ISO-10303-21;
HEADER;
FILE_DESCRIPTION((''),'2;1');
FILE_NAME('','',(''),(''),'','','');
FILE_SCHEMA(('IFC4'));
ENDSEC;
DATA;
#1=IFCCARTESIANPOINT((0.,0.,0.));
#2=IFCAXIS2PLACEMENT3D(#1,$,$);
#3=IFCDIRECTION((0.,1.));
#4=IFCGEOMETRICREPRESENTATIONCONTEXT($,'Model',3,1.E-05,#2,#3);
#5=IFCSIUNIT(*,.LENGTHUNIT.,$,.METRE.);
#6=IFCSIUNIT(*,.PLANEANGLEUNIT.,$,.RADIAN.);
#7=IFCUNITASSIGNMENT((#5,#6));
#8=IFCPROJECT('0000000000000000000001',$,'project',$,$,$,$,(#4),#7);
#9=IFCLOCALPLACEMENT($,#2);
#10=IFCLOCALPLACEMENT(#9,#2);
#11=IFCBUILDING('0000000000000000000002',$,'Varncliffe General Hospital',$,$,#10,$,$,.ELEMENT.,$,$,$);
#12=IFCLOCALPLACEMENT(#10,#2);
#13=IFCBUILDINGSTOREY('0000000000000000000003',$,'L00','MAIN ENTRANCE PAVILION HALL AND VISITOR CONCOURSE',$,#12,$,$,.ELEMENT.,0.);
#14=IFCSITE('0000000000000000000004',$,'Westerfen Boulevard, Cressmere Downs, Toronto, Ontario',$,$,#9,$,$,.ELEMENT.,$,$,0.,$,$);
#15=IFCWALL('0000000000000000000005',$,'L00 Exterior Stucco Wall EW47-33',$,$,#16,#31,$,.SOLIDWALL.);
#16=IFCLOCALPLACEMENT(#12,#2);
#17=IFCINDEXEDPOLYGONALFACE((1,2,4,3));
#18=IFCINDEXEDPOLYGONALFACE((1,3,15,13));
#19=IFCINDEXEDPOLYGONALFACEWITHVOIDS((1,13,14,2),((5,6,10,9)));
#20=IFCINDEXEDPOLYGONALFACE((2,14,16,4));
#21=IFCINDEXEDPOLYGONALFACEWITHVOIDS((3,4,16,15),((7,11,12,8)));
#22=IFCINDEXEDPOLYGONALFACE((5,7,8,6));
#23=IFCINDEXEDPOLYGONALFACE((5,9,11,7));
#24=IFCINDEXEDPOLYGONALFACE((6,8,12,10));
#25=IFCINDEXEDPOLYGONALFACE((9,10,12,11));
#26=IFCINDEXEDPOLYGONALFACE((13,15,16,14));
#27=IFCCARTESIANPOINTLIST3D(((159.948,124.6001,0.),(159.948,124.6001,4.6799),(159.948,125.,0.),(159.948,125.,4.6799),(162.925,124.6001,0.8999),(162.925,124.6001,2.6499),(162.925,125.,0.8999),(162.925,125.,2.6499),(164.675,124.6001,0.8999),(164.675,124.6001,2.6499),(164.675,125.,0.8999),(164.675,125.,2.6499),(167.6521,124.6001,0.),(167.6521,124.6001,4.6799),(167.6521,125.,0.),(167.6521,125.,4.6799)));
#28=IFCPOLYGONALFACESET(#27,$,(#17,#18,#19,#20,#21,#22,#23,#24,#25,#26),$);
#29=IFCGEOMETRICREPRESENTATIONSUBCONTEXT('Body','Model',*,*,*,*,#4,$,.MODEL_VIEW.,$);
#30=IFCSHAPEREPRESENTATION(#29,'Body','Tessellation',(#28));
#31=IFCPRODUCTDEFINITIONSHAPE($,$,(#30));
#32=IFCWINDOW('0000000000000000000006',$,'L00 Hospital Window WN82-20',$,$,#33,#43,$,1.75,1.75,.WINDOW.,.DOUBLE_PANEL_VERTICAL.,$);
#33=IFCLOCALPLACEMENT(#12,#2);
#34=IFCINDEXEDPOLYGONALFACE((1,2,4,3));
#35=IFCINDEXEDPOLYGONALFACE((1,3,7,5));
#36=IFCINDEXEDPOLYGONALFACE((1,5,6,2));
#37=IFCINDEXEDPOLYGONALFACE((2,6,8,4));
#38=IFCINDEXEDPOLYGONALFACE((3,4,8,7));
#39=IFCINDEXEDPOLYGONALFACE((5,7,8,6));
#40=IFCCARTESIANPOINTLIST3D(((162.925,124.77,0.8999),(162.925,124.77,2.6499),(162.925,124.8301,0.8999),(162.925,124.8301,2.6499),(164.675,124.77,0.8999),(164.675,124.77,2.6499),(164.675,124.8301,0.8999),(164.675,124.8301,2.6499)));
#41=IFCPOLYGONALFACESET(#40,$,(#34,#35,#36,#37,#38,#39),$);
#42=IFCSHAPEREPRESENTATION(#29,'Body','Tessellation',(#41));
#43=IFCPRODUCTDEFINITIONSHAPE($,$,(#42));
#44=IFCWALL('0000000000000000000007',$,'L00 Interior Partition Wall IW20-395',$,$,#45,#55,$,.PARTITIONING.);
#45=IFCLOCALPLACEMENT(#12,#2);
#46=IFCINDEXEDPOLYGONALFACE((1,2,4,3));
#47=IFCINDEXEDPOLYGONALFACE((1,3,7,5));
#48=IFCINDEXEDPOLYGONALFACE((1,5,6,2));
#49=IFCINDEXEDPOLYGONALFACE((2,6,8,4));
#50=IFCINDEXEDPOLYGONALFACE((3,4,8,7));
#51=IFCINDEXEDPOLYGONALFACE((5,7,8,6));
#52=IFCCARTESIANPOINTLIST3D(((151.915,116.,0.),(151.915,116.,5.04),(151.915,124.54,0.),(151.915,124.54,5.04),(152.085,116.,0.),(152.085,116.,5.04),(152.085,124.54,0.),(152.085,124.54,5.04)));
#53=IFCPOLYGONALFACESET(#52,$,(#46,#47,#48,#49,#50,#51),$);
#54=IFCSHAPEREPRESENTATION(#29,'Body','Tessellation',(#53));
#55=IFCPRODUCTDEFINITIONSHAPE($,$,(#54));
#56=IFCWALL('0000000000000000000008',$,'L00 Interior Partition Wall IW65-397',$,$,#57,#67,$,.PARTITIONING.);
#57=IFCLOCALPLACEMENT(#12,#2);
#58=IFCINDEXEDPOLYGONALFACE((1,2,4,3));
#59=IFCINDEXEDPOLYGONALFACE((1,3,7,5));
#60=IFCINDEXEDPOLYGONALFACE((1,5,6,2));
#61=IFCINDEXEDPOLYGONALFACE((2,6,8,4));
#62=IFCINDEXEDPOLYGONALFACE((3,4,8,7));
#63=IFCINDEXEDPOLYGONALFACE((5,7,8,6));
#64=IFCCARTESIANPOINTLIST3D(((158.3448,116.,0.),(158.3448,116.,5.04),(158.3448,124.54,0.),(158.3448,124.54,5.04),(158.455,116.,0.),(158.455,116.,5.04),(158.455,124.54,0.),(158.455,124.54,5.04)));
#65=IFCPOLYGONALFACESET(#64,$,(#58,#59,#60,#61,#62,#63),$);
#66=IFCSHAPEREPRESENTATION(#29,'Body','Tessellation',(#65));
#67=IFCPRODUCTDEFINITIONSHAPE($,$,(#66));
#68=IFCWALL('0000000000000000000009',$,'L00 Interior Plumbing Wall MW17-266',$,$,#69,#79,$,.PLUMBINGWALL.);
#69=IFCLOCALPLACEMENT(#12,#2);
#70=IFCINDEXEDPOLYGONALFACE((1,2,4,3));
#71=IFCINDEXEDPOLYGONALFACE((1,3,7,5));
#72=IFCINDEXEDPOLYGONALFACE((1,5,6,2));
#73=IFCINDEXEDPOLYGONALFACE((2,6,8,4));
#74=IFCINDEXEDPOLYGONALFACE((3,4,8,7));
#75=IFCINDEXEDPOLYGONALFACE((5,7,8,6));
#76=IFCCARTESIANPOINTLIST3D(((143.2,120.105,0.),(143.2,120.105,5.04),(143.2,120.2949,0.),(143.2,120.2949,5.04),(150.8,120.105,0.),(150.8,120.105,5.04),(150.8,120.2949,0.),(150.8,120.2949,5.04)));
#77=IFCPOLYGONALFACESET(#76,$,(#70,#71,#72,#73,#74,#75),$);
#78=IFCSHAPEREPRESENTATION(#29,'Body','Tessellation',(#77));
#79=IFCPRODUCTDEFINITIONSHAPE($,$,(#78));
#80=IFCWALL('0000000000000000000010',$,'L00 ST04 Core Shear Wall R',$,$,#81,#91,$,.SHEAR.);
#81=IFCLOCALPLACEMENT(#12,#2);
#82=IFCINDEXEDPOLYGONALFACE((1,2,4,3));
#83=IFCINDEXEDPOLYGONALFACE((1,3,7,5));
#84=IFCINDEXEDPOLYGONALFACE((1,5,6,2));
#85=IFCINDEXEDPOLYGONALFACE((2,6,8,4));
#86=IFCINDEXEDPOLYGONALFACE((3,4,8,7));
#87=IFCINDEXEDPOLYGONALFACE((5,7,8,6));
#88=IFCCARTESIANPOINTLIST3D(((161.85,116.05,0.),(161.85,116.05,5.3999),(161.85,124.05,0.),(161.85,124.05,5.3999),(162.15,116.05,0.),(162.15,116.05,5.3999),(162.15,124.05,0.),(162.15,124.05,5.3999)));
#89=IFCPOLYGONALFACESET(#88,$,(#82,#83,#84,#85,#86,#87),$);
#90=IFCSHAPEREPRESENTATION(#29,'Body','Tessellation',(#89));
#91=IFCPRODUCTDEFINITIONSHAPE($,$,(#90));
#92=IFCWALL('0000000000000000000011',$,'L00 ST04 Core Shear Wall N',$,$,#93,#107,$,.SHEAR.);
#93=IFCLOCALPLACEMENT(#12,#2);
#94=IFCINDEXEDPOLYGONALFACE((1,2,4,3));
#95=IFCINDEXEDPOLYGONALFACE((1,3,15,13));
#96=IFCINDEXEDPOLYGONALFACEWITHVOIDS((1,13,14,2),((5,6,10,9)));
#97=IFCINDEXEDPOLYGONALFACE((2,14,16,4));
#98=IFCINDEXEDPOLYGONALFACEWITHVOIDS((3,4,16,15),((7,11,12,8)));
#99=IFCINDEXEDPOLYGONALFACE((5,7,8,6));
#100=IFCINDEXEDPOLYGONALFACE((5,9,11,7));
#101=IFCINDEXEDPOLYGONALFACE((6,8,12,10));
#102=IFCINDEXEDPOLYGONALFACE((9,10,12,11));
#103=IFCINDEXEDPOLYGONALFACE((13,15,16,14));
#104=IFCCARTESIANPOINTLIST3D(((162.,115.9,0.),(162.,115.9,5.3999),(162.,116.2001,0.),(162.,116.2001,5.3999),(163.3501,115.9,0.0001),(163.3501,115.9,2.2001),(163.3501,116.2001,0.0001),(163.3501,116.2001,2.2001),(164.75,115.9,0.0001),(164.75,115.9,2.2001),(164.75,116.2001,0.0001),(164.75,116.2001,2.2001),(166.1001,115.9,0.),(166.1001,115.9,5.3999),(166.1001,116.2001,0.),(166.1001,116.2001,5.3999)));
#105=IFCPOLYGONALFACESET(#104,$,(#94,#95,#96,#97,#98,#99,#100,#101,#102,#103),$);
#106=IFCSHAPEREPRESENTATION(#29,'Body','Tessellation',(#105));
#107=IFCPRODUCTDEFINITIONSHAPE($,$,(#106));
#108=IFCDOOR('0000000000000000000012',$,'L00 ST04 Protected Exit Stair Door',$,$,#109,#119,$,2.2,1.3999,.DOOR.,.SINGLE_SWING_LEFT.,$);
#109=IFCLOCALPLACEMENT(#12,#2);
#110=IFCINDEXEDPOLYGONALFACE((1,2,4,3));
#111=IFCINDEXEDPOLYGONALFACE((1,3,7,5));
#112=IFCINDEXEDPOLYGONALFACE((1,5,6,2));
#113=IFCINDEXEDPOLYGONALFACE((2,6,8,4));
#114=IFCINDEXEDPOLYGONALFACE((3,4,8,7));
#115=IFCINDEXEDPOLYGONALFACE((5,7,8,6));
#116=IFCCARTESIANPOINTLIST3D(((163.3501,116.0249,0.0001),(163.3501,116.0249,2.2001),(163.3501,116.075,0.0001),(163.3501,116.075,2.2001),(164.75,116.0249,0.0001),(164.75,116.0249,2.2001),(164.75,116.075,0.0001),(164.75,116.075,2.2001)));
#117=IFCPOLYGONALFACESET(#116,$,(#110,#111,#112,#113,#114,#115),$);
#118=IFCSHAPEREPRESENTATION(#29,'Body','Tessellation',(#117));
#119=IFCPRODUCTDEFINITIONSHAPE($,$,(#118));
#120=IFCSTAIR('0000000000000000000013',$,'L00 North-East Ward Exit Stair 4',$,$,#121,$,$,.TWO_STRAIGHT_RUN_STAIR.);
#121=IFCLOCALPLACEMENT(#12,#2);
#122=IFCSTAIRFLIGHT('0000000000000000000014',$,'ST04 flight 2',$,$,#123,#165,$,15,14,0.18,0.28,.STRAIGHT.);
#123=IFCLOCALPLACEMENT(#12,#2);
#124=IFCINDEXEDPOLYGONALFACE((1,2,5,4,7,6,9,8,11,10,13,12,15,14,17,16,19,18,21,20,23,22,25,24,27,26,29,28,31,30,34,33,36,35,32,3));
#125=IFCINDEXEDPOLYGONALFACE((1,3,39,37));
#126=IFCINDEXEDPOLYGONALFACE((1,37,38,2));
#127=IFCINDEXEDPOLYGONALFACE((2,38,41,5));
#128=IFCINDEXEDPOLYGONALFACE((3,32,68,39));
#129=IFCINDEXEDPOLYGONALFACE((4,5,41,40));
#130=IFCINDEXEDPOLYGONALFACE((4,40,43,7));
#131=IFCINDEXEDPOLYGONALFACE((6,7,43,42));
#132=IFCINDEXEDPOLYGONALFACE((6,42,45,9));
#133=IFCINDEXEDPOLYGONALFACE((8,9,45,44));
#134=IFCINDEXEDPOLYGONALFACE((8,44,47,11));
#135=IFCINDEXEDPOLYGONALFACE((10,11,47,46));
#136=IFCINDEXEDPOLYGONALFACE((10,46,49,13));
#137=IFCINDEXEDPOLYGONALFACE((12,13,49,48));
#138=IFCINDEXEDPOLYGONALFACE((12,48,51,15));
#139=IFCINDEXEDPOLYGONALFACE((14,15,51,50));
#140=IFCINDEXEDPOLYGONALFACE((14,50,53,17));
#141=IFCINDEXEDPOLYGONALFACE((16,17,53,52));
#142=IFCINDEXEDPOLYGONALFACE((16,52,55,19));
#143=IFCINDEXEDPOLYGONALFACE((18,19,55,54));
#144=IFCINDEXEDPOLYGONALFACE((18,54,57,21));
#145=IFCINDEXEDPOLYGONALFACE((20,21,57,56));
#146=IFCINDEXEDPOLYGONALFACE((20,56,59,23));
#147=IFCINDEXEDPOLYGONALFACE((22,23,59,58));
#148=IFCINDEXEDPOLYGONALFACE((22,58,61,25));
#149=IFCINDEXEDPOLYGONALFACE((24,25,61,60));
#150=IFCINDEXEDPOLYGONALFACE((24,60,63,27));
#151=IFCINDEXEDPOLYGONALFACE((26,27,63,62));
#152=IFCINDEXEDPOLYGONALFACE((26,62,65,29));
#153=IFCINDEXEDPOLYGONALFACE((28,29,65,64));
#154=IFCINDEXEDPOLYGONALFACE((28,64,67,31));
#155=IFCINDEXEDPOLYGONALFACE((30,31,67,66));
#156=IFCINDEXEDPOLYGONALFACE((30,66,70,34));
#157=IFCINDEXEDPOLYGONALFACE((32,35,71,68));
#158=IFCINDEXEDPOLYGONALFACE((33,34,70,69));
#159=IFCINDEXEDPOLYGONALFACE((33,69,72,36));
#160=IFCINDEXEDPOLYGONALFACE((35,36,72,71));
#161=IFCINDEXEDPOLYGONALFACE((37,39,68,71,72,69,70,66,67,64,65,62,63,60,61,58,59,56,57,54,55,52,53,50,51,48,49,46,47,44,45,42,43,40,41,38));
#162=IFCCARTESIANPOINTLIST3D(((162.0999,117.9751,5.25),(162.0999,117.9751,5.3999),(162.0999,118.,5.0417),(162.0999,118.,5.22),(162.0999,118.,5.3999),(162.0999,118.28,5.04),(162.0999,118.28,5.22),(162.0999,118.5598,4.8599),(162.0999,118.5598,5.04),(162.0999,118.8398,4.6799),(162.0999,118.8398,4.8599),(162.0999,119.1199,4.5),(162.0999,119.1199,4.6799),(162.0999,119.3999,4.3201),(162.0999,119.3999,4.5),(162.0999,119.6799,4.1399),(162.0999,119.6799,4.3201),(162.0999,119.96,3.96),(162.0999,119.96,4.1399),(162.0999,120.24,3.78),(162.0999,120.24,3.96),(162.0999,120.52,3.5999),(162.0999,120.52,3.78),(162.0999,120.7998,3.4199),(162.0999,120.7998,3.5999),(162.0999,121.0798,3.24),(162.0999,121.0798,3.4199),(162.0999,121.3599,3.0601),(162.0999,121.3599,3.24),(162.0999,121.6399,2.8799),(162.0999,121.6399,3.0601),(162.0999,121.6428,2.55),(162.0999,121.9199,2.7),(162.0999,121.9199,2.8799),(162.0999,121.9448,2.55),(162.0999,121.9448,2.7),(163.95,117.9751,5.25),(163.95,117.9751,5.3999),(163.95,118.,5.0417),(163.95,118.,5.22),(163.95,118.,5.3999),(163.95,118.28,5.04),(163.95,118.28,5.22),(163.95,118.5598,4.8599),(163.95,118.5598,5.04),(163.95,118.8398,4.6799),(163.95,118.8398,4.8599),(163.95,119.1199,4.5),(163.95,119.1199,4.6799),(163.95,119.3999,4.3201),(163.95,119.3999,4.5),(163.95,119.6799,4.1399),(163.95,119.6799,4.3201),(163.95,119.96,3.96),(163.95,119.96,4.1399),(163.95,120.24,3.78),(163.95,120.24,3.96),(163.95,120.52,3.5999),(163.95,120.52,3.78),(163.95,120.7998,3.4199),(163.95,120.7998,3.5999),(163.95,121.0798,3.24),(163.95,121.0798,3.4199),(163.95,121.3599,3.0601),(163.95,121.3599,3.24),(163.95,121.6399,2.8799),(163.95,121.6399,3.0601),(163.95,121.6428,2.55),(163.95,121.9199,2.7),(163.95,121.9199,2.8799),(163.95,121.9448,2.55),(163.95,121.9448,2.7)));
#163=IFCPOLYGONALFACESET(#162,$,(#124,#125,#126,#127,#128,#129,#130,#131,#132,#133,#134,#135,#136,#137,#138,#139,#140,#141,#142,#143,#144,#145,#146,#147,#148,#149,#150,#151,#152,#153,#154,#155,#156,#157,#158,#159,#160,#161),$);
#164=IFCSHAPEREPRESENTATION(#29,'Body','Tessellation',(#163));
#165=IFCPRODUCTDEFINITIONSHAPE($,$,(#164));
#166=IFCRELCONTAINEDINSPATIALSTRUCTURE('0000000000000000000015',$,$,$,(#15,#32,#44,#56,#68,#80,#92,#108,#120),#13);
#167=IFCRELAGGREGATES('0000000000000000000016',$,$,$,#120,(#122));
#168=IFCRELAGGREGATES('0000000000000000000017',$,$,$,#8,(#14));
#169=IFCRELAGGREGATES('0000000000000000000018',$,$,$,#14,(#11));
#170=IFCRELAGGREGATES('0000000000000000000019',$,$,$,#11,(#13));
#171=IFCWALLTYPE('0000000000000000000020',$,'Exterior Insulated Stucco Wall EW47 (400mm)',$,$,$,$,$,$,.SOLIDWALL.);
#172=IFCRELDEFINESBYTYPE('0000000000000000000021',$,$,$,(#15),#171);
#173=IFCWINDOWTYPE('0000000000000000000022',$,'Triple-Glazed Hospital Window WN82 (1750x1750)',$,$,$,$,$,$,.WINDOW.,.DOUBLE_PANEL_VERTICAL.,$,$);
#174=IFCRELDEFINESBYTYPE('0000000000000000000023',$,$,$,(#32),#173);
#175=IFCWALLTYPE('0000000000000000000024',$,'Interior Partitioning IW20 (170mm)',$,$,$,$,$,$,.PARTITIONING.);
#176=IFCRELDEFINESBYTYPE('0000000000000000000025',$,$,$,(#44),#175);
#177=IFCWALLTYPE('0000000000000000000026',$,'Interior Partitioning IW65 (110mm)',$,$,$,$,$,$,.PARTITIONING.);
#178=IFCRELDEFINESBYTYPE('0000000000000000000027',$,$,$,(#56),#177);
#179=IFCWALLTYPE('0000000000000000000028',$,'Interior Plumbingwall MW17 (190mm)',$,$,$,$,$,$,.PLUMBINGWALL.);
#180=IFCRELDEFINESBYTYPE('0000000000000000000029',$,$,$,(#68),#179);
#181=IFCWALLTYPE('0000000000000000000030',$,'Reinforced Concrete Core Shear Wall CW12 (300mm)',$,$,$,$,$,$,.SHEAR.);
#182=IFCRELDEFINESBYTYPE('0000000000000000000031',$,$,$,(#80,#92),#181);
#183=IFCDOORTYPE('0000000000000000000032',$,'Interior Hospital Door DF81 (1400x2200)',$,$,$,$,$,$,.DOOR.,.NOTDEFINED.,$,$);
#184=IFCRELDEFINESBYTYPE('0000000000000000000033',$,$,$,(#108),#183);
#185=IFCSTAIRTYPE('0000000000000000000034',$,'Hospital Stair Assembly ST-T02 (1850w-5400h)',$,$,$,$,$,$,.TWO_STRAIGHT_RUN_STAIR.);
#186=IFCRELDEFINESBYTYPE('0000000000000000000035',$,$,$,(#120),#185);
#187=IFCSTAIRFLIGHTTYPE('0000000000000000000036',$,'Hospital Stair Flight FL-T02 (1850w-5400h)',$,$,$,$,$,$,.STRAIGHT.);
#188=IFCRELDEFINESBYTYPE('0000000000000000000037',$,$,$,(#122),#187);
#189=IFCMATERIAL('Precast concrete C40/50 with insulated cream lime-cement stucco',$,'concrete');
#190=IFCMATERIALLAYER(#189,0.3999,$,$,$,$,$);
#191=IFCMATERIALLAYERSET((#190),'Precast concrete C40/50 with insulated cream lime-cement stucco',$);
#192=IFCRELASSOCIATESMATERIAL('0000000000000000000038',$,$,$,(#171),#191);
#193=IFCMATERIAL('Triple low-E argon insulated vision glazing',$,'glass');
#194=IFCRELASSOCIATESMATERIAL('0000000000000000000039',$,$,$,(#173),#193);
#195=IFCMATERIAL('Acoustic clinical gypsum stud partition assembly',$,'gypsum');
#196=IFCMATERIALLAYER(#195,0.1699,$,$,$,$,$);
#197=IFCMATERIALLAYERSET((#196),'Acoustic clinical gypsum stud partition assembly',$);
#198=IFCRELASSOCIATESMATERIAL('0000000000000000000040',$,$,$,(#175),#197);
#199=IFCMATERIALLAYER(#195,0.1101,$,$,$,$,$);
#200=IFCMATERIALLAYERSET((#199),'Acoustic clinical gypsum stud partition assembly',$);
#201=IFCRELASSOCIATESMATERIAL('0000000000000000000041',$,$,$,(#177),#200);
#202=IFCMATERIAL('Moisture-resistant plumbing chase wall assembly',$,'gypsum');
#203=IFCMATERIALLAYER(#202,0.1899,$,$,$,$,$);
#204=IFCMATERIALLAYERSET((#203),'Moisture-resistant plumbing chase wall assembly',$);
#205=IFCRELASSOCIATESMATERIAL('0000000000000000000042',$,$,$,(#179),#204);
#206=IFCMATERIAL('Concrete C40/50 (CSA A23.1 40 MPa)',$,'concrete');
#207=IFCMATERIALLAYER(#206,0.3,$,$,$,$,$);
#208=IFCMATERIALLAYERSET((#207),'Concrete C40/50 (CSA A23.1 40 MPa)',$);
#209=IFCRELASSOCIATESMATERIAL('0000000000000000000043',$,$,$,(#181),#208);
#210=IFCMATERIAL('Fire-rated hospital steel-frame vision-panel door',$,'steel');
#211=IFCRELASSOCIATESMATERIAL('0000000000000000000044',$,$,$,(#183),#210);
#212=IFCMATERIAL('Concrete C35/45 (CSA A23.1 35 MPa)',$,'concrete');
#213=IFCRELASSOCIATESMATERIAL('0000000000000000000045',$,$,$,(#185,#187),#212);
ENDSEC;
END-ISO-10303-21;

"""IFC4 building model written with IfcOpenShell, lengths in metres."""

from ifc_helpers import new_model, si_unit, direction, frame, frame_2d, origin, place, context, subcontext, project, spatial, polyline, rectangle, outline, extrude, material, layer, layer_set, type_object, element, fill, aggregate, save


model = new_model("IFC4")

# Units and contexts
model_context = context("Model", 3, precision=1e-05, world=origin(), true_north=direction((0.0, 1.0)))
body_context = subcontext(model_context, "Body", "Model", "MODEL_VIEW")
ifc_project = project(units=[si_unit("LENGTHUNIT", "METRE"), si_unit("PLANEANGLEUNIT", "RADIAN")], contexts=[model_context])

# Site, building, storey
site_placement = place(None, origin())
site = spatial("IfcSite", under=ifc_project, at=site_placement, Name="Westerfen Boulevard, Cressmere Downs, Toronto, Ontario", CompositionType="ELEMENT", RefElevation=0.0)
building_placement = place(site_placement, origin())
building = spatial("IfcBuilding", under=site, at=building_placement, Name="Varncliffe General Hospital", CompositionType="ELEMENT")
storey_placement = place(building_placement, origin())
storey = spatial("IfcBuildingStorey", under=building, at=storey_placement, Name="L00", Description="MAIN ENTRANCE PAVILION HALL AND VISITOR CONCOURSE", CompositionType="ELEMENT", Elevation=0.0)

# Shared definitions
ifc_material_1 = material(Name="Concrete C40/50 (CSA A23.1 40 MPa)", Category="concrete")

# Shared definitions
ifc_material_2 = material(Name="Concrete C35/45 (CSA A23.1 35 MPa)", Category="concrete")

# Shared definitions
ifc_material_3 = material(Name="Precast concrete C40/50 with insulated cream lime-cement stucco", Category="concrete")
ifc_material_4 = material(Name="Triple low-E argon insulated vision glazing", Category="glass")

# Wall, opening, window
ifc_layer_1 = layer(ifc_material_3, 0.3999)
ifc_layer_set_1 = layer_set([ifc_layer_1], Name="Precast concrete C40/50 with insulated cream lime-cement stucco")
wall_type_1 = type_object("IfcWallType", Name="Exterior Insulated Stucco Wall EW47 (400mm)", PredefinedType="SOLIDWALL", material=ifc_layer_set_1)
wall_1_placement = place(storey_placement, frame((159.948, 124.8, 0.0), z_axis=(0.0, 0.0, 1.0), x_axis=(1.0, 0.0, 0.0)))
wall_1 = element("IfcWall", 1, at=wall_1_placement, inside=storey, type_object=wall_type_1, Name="L00 Exterior Stucco Wall EW47-33", PredefinedType="SOLIDWALL", context=body_context, shape_type="SweptSolid", body=[
    extrude(rectangle(XDim=7.7041, YDim=0.3999, at=frame_2d((3.8521, 0.0))), origin(), (0.0, 0.0, 1.0), 4.6799),
])
opening_1_placement = place(wall_1_placement, frame((2.9771, 0.0, 0.8999)))
opening_1 = element("IfcOpeningElement", 2, at=opening_1_placement, cuts=wall_1, PredefinedType="OPENING", context=body_context, shape_type="SweptSolid", body=[
    extrude(rectangle(XDim=1.75, YDim=1.75, at=frame_2d((0.875, 0.875))), frame((0.0, 0.21, 0.0), z_axis=(0.0, -1.0, 0.0), x_axis=(1.0, 0.0, 0.0)), (0.0, 0.0, 1.0), 0.4199),
])
window_type_1 = type_object("IfcWindowType", Name="Triple-Glazed Hospital Window WN82 (1750x1750)", PartitioningType="DOUBLE_PANEL_VERTICAL", PredefinedType="WINDOW", material=ifc_material_4)
window_1_placement = place(opening_1_placement, origin())
window_1 = element("IfcWindow", 3, at=window_1_placement, inside=storey, type_object=window_type_1, Name="L00 Hospital Window WN82-20", OverallHeight=1.75, OverallWidth=1.75, PartitioningType="DOUBLE_PANEL_VERTICAL", PredefinedType="WINDOW", context=body_context, shape_type="SweptSolid", body=[
    extrude(rectangle(XDim=1.75, YDim=1.75, at=frame_2d((0.875, 0.875))), frame((0.0, 0.03, 0.0), z_axis=(0.0, -1.0, 0.0), x_axis=(1.0, 0.0, 0.0)), (0.0, 0.0, 1.0), 0.0601),
])
fill(opening_1, window_1)

# Walls
ifc_material_5 = material(Name="Acoustic clinical gypsum stud partition assembly", Category="gypsum")
ifc_layer_2 = layer(ifc_material_5, 0.1699)
ifc_layer_set_2 = layer_set([ifc_layer_2], Name="Acoustic clinical gypsum stud partition assembly")
wall_type_2 = type_object("IfcWallType", Name="Interior Partitioning IW20 (170mm)", PredefinedType="PARTITIONING", material=ifc_layer_set_2)
wall_2_placement = place(storey_placement, frame((152.0, 116.0, 0.0), z_axis=(0.0, 0.0, 1.0), x_axis=(0.0, 1.0, 0.0)))
element("IfcWall", 4, at=wall_2_placement, inside=storey, type_object=wall_type_2, Name="L00 Interior Partition Wall IW20-395", PredefinedType="PARTITIONING", context=body_context, shape_type="SweptSolid", body=[
    extrude(rectangle(XDim=8.54, YDim=0.1699, at=frame_2d((4.27, 0.0))), origin(), (0.0, 0.0, 1.0), 5.04),
])
ifc_layer_3 = layer(ifc_material_5, 0.1101)
ifc_layer_set_3 = layer_set([ifc_layer_3], Name="Acoustic clinical gypsum stud partition assembly")
wall_type_3 = type_object("IfcWallType", Name="Interior Partitioning IW65 (110mm)", PredefinedType="PARTITIONING", material=ifc_layer_set_3)
wall_3_placement = place(storey_placement, frame((158.3999, 116.0, 0.0), z_axis=(0.0, 0.0, 1.0), x_axis=(0.0, 1.0, 0.0)))
element("IfcWall", 5, at=wall_3_placement, inside=storey, type_object=wall_type_3, Name="L00 Interior Partition Wall IW65-397", PredefinedType="PARTITIONING", context=body_context, shape_type="SweptSolid", body=[
    extrude(rectangle(XDim=8.54, YDim=0.1101, at=frame_2d((4.27, 0.0))), origin(), (0.0, 0.0, 1.0), 5.04),
])
ifc_material_6 = material(Name="Moisture-resistant plumbing chase wall assembly", Category="gypsum")
ifc_layer_4 = layer(ifc_material_6, 0.1899)
ifc_layer_set_4 = layer_set([ifc_layer_4], Name="Moisture-resistant plumbing chase wall assembly")
wall_type_4 = type_object("IfcWallType", Name="Interior Plumbingwall MW17 (190mm)", PredefinedType="PLUMBINGWALL", material=ifc_layer_set_4)
wall_4_placement = place(storey_placement, frame((143.2, 120.2, 0.0), z_axis=(0.0, 0.0, 1.0), x_axis=(1.0, 0.0, 0.0)))
element("IfcWall", 6, at=wall_4_placement, inside=storey, type_object=wall_type_4, Name="L00 Interior Plumbing Wall MW17-266", PredefinedType="PLUMBINGWALL", context=body_context, shape_type="SweptSolid", body=[
    extrude(rectangle(XDim=7.6001, YDim=0.1899, at=frame_2d((3.8, 0.0))), origin(), (0.0, 0.0, 1.0), 5.04),
])
ifc_layer_5 = layer(ifc_material_1, 0.3)
ifc_layer_set_5 = layer_set([ifc_layer_5], Name="Concrete C40/50 (CSA A23.1 40 MPa)")
wall_type_5 = type_object("IfcWallType", Name="Reinforced Concrete Core Shear Wall CW12 (300mm)", PredefinedType="SHEAR", material=ifc_layer_set_5)
wall_5_placement = place(storey_placement, frame((162.0, 124.05, 0.0), z_axis=(0.0, 0.0, 1.0), x_axis=(0.0, -1.0, 0.0)))
element("IfcWall", 7, at=wall_5_placement, inside=storey, type_object=wall_type_5, Name="L00 ST04 Core Shear Wall R", PredefinedType="SHEAR", context=body_context, shape_type="SweptSolid", body=[
    extrude(rectangle(XDim=8.0, YDim=0.3, at=frame_2d((4.0, 0.0))), origin(), (0.0, 0.0, 1.0), 5.3999),
])

# Wall, opening, door
wall_6_placement = place(storey_placement, frame((162.0, 116.05, 0.0), z_axis=(0.0, 0.0, 1.0), x_axis=(1.0, 0.0, 0.0)))
wall_6 = element("IfcWall", 8, at=wall_6_placement, inside=storey, type_object=wall_type_5, Name="L00 ST04 Core Shear Wall N", PredefinedType="SHEAR", context=body_context, shape_type="SweptSolid", body=[
    extrude(rectangle(XDim=4.1001, YDim=0.3, at=frame_2d((2.05, 0.0))), origin(), (0.0, 0.0, 1.0), 5.3999),
])
opening_2_placement = place(wall_6_placement, frame((1.3501, 0.0, 0.0)))
opening_2 = element("IfcOpeningElement", 9, at=opening_2_placement, cuts=wall_6, PredefinedType="OPENING", context=body_context, shape_type="SweptSolid", body=[
    extrude(rectangle(XDim=1.3999, YDim=2.2, at=frame_2d((0.7, 1.1001))), frame((0.0, 0.1602, 0.0), z_axis=(0.0, -1.0, 0.0), x_axis=(1.0, 0.0, 0.0)), (0.0, 0.0, 1.0), 0.3201),
])
ifc_material_7 = material(Name="Fire-rated hospital steel-frame vision-panel door", Category="steel")
door_type_1 = type_object("IfcDoorType", Name="Interior Hospital Door DF81 (1400x2200)", OperationType="NOTDEFINED", PredefinedType="DOOR", material=ifc_material_7)
door_1_placement = place(opening_2_placement, origin())
door_1 = element("IfcDoor", 10, at=door_1_placement, inside=storey, type_object=door_type_1, Name="L00 ST04 Protected Exit Stair Door", OperationType="SINGLE_SWING_LEFT", OverallHeight=2.2, OverallWidth=1.3999, PredefinedType="DOOR", context=body_context, shape_type="SweptSolid", body=[
    extrude(rectangle(XDim=1.3999, YDim=2.2, at=frame_2d((0.7, 1.1001))), frame((0.0, 0.0249, 0.0), z_axis=(0.0, -1.0, 0.0), x_axis=(1.0, 0.0, 0.0)), (0.0, 0.0, 1.0), 0.05),
])
fill(opening_2, door_1)

# Stair, stair flight
stair_type = type_object("IfcStairType", Name="Hospital Stair Assembly ST-T02 (1850w-5400h)", PredefinedType="TWO_STRAIGHT_RUN_STAIR", material=ifc_material_2)
stair_placement = place(storey_placement, origin())
stair = element("IfcStair", 11, at=stair_placement, inside=storey, type_object=stair_type, Name="L00 North-East Ward Exit Stair 4", PredefinedType="TWO_STRAIGHT_RUN_STAIR")
stair_flight_type = type_object("IfcStairFlightType", Name="Hospital Stair Flight FL-T02 (1850w-5400h)", PredefinedType="STRAIGHT", material=ifc_material_2)
stair_flight_placement = place(storey_placement, frame((163.0249, 121.9199, 2.7), z_axis=(0.0, 0.0, 1.0), x_axis=(0.0, -1.0, 0.0)))
stair_flight = element("IfcStairFlight", 12, at=stair_flight_placement, type_object=stair_flight_type, Name="ST04 flight 2", NumberOfRisers=15, NumberOfTreads=14, PredefinedType="STRAIGHT", RiserHeight=0.18, TreadLength=0.28, context=body_context, shape_type="SweptSolid", body=[
    extrude(outline(polyline([(-0.0249, -0.1499), (-0.0249, 0.0), (0.0, 0.0), (0.0, 0.1799), (0.28, 0.1799), (0.28, 0.3601), (0.5601, 0.3601), (0.5601, 0.54), (0.8401, 0.54), (0.8401, 0.72), (1.1201, 0.72), (1.1201, 0.8999), (1.3999, 0.8999), (1.3999, 1.0801), (1.6799, 1.0801), (1.6799, 1.26), (1.96, 1.26), (1.96, 1.4399), (2.24, 1.4399), (2.24, 1.6201), (2.52, 1.6201), (2.52, 1.8), (2.8, 1.8), (2.8, 1.98), (3.0801, 1.98), (3.0801, 2.1599), (3.3601, 2.1599), (3.3601, 2.3401), (3.6399, 2.3401), (3.6399, 2.52), (3.9199, 2.52), (3.9199, 2.7), (3.9448, 2.7), (3.9448, 2.55), (3.9199, 2.3418), (0.2771, -0.1499), (-0.0249, -0.1499)])), frame((0.0, 0.925, 0.0), z_axis=(0.0, -1.0, 0.0), x_axis=(1.0, 0.0, 0.0)), (0.0, 0.0, 1.0), 1.8501),
])
aggregate(stair, [stair_flight])

save(model, "model.ifc")
